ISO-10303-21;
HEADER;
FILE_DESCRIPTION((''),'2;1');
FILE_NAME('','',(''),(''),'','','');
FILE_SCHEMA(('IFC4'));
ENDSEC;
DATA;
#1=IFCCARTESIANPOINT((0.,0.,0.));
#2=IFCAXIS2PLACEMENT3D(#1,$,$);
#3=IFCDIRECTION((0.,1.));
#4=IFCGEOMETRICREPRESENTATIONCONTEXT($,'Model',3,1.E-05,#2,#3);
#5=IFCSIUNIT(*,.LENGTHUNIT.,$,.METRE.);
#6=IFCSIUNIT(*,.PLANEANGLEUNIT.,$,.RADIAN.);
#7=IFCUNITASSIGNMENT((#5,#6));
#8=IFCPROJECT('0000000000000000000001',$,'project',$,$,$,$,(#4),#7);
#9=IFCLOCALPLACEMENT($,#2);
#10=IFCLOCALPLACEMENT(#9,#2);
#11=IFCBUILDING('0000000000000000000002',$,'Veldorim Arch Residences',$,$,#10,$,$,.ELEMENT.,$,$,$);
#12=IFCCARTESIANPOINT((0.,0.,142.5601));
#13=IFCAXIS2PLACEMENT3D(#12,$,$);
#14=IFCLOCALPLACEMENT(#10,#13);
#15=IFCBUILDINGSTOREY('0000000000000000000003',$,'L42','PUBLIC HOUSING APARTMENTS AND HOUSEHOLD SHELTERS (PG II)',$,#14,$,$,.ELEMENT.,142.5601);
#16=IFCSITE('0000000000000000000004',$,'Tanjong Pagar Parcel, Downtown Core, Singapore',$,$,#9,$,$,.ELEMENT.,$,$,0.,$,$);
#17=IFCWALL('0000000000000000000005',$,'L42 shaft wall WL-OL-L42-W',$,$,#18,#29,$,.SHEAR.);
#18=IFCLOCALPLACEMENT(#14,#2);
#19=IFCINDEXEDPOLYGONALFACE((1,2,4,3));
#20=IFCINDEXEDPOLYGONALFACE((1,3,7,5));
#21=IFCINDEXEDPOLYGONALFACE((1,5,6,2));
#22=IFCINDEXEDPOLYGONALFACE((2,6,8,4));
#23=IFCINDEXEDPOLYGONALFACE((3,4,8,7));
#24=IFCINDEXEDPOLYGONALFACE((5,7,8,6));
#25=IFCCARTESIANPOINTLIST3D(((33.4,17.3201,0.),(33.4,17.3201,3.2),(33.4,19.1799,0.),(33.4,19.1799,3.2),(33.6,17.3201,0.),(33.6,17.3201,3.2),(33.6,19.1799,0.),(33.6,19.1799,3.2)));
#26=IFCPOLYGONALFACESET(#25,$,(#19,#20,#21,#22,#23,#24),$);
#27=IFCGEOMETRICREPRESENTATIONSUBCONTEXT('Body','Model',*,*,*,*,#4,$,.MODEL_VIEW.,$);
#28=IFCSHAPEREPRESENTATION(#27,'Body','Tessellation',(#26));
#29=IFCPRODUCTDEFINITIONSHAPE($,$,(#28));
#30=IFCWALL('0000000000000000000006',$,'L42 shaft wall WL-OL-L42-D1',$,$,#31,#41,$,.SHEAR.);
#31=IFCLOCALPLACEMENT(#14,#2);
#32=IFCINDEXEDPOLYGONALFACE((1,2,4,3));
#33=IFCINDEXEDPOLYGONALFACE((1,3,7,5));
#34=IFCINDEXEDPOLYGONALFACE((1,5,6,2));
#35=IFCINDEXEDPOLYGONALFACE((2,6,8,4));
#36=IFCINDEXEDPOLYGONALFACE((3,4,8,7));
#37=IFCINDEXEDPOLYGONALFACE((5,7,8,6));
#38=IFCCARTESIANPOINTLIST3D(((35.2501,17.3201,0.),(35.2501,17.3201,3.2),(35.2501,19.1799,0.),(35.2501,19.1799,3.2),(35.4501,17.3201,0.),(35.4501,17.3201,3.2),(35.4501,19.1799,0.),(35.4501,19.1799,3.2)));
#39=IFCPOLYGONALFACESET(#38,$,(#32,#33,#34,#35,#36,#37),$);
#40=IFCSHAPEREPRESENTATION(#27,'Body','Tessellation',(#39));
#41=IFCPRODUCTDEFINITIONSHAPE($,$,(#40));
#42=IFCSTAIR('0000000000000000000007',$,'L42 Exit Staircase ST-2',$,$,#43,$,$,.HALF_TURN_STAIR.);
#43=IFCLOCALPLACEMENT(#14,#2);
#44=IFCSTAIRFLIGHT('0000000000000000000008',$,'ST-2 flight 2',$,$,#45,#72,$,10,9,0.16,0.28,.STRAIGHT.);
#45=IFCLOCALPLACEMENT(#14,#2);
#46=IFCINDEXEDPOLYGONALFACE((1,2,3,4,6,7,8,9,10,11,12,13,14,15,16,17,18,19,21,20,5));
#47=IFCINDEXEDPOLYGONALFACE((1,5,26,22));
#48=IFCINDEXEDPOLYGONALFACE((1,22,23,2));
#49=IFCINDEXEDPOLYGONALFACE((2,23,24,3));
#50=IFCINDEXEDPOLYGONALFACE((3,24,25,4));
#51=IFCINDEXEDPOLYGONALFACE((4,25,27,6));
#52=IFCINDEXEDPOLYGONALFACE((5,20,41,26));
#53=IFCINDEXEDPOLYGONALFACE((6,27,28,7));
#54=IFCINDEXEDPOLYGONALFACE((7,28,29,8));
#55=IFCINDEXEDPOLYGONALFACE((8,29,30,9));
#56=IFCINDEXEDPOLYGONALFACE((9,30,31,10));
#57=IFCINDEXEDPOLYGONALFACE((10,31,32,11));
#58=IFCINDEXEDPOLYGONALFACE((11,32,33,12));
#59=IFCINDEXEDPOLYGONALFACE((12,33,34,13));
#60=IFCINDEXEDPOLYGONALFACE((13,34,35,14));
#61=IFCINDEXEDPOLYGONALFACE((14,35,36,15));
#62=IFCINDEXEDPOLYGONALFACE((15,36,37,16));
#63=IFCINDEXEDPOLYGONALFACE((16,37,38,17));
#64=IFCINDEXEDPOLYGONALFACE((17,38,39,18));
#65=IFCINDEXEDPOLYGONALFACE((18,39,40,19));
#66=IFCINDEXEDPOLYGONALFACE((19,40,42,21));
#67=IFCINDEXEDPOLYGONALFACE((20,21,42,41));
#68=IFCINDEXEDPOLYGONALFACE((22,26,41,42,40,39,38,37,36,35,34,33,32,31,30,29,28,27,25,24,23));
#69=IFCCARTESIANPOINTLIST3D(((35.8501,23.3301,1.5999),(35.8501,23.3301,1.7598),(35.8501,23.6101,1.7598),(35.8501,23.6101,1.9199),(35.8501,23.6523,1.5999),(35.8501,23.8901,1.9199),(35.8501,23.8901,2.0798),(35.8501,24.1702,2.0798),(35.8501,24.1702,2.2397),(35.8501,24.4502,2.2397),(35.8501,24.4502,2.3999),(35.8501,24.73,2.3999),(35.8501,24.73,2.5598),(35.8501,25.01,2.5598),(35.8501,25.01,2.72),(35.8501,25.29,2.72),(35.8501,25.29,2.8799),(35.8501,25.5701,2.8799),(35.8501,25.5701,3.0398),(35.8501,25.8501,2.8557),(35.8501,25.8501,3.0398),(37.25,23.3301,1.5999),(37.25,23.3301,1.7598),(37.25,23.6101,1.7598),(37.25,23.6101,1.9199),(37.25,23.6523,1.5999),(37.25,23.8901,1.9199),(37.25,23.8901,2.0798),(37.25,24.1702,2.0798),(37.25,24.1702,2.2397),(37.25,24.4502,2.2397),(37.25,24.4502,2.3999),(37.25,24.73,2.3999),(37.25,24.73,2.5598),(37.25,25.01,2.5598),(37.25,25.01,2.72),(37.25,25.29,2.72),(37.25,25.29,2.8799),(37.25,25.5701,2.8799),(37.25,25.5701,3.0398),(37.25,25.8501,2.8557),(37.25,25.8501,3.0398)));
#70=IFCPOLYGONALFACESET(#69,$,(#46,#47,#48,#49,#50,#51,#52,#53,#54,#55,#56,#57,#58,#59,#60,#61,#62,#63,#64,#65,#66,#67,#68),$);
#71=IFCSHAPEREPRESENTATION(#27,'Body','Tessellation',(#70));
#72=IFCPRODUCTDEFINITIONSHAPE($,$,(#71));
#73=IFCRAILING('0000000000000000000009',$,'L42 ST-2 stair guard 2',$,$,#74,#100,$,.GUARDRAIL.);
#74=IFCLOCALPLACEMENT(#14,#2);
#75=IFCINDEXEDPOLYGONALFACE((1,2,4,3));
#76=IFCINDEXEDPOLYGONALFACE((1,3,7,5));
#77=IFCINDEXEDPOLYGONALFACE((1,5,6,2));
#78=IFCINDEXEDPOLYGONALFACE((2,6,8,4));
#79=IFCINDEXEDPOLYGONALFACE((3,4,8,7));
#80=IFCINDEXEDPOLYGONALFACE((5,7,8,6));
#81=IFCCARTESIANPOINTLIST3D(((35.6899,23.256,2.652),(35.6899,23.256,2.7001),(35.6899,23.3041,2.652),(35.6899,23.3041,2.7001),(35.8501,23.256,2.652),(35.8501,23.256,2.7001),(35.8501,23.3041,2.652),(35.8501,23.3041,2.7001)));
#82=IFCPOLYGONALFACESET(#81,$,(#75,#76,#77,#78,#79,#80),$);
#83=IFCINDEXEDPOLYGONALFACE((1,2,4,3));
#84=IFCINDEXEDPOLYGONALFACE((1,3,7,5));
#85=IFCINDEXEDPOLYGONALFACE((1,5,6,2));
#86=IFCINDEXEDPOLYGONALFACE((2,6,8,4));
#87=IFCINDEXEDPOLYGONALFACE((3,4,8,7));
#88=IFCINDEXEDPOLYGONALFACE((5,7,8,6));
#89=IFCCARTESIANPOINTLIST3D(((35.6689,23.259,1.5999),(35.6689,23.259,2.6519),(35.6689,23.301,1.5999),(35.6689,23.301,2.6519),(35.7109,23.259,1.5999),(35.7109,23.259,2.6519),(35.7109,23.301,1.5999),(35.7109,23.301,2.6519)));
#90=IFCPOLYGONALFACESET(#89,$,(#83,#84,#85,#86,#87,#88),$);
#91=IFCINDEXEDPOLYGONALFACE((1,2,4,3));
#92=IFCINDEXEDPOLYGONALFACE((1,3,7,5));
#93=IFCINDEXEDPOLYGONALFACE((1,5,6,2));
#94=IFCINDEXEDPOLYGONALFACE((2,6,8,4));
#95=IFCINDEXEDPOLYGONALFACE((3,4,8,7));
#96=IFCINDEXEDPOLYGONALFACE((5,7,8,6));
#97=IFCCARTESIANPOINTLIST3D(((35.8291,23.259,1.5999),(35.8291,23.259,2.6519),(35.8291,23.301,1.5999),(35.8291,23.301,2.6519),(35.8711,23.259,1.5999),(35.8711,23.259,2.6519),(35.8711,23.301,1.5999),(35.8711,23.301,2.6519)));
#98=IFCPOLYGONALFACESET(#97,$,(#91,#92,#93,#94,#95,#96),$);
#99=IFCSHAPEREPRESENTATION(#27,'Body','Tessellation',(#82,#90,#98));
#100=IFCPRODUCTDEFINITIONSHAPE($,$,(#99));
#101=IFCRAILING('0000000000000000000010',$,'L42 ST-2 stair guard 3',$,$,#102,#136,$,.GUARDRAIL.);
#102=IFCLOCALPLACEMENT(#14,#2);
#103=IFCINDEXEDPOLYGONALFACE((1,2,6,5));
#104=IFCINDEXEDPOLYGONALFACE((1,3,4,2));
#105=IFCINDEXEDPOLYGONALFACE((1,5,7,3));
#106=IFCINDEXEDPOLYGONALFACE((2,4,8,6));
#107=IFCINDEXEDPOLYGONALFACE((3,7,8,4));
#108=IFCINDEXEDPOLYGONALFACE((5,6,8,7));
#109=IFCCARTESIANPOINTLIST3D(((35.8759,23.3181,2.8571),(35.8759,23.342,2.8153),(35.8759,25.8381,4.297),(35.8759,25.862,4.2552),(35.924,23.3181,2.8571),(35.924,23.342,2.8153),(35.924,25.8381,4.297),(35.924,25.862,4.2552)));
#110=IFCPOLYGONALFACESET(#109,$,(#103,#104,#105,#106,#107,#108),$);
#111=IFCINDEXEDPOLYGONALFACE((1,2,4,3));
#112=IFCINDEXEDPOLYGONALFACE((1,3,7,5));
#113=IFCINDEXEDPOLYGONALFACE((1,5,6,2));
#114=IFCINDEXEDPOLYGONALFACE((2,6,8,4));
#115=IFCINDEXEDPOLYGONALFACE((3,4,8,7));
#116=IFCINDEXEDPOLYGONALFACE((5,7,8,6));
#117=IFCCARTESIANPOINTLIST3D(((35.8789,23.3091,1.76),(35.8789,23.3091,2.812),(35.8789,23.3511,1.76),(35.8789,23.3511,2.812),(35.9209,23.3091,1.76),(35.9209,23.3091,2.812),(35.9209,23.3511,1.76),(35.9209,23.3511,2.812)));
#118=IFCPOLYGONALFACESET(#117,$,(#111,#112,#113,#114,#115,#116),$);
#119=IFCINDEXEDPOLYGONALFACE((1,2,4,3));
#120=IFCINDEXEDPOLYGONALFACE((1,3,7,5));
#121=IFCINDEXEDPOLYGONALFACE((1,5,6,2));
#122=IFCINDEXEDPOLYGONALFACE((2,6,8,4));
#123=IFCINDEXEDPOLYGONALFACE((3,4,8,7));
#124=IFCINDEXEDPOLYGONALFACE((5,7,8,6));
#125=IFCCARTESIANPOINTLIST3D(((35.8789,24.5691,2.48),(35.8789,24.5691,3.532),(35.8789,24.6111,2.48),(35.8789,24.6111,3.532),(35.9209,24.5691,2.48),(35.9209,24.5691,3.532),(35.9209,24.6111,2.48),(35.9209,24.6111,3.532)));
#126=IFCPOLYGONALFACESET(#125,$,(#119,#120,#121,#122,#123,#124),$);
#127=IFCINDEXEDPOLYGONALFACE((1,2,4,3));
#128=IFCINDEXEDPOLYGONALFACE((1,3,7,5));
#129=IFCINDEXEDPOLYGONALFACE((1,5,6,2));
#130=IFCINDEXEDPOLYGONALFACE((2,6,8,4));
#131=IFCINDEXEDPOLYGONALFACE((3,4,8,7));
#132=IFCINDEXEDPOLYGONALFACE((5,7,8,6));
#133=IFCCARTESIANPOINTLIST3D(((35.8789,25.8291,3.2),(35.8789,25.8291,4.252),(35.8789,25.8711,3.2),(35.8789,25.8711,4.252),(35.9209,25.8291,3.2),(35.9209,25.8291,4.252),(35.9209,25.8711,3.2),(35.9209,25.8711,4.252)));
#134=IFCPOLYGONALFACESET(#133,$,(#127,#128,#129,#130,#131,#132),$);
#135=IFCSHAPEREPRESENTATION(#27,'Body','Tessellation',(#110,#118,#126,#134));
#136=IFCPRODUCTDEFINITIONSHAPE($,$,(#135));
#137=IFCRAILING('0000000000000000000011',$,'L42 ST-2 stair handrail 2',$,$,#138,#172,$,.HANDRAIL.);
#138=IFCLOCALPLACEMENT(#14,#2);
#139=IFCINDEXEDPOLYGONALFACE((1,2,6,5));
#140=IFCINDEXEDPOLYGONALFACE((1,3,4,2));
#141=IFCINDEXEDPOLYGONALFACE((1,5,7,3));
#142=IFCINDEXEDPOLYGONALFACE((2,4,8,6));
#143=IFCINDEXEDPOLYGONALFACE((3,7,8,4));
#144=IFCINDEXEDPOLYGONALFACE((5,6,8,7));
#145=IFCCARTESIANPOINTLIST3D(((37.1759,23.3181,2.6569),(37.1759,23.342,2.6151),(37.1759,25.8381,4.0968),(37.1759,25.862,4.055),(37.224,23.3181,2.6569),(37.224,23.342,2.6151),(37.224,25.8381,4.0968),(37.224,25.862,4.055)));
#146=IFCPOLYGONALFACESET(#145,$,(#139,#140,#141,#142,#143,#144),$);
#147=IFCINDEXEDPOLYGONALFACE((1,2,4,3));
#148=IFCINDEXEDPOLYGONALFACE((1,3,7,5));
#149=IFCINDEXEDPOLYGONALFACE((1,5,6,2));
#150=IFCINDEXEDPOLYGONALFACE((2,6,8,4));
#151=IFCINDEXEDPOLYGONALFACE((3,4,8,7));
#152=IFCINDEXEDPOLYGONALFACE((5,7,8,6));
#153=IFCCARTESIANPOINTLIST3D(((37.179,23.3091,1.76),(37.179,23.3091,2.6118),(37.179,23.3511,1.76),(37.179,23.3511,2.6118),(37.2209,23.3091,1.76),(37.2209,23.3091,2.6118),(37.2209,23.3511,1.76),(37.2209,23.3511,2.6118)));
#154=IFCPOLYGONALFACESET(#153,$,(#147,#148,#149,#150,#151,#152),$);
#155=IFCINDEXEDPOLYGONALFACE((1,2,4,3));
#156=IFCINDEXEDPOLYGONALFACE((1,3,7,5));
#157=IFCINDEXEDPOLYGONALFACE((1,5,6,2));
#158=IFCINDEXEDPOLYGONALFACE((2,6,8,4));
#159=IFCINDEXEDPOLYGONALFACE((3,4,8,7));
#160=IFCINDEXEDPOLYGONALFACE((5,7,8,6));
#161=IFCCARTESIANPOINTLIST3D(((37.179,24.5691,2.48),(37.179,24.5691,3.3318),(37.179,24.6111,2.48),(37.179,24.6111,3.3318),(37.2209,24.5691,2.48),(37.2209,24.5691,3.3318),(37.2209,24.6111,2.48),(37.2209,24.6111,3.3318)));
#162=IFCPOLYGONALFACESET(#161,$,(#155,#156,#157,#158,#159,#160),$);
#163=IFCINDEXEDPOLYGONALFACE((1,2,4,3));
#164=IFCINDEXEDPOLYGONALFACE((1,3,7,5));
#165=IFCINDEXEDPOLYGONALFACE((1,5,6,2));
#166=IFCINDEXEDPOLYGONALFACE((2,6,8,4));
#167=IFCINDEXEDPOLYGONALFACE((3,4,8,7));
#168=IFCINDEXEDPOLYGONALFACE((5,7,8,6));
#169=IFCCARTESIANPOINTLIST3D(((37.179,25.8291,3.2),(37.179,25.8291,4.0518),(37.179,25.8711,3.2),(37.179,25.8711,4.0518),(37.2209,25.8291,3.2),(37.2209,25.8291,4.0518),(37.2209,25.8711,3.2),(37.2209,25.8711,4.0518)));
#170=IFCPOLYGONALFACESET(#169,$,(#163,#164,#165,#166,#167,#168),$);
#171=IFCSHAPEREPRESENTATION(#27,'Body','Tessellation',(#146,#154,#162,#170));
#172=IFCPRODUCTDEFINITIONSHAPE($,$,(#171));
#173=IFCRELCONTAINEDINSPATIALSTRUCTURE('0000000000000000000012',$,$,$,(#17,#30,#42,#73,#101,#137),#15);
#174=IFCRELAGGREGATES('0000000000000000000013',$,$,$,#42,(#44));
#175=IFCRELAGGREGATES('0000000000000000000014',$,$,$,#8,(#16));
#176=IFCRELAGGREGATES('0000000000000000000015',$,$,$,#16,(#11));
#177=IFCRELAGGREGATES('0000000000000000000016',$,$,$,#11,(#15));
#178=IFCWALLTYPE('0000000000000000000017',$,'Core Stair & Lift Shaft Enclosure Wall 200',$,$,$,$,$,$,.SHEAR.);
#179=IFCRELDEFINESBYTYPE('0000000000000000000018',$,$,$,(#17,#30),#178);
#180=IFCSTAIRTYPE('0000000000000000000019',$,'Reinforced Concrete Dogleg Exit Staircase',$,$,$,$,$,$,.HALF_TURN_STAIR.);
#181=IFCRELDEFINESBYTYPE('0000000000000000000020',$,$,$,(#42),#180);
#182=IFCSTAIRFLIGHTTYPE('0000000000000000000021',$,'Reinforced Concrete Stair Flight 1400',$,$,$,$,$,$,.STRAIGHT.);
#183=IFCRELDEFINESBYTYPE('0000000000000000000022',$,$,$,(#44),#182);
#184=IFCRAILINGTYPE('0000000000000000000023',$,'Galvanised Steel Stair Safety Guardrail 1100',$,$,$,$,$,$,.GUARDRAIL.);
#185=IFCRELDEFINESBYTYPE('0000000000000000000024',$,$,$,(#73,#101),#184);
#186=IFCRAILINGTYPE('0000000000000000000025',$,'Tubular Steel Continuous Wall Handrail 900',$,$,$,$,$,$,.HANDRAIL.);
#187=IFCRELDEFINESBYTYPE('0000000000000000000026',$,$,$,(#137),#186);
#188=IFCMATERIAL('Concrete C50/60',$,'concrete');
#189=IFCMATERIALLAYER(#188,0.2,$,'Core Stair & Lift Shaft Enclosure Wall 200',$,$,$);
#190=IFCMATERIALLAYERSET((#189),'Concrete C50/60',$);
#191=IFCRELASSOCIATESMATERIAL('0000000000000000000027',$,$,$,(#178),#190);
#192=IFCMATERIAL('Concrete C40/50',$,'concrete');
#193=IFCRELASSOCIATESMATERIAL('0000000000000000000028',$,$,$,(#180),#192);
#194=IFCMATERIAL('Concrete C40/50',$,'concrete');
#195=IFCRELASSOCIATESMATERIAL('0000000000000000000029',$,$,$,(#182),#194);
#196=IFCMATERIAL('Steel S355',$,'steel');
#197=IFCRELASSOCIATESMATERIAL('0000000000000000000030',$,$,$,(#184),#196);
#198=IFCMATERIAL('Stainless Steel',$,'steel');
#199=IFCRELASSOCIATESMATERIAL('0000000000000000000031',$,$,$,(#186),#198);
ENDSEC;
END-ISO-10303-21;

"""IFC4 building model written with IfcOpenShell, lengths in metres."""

from ifc_helpers import new_model, si_unit, direction, frame, frame_2d, origin, origin_2d, place, context, subcontext, project, spatial, polyline, rectangle, outline, extrude, material, layer, layer_set, type_object, element, aggregate, save


model = new_model("IFC4")

# Units and contexts
model_context = context("Model", 3, precision=1e-05, world=origin(), true_north=direction((0.0, 1.0)))
body_context = subcontext(model_context, "Body", "Model", "MODEL_VIEW")
ifc_project = project(units=[si_unit("LENGTHUNIT", "METRE"), si_unit("PLANEANGLEUNIT", "RADIAN")], contexts=[model_context])

# Site, building, storey
site_placement = place(None, origin())
site = spatial("IfcSite", under=ifc_project, at=site_placement, Name="Tanjong Pagar Parcel, Downtown Core, Singapore", CompositionType="ELEMENT", RefElevation=0.0)
building_placement = place(site_placement, origin())
building = spatial("IfcBuilding", under=site, at=building_placement, Name="Veldorim Arch Residences", CompositionType="ELEMENT")
storey_placement = place(building_placement, frame((0.0, 0.0, 142.5601)))
storey = spatial("IfcBuildingStorey", under=building, at=storey_placement, Name="L42", Description="PUBLIC HOUSING APARTMENTS AND HOUSEHOLD SHELTERS (PG II)", CompositionType="ELEMENT", Elevation=142.5601)

# Shared definitions
ifc_material_1 = material(Name="Concrete C50/60", Category="concrete")
ifc_layer_1 = layer(ifc_material_1, 0.2, Name="Core Stair & Lift Shaft Enclosure Wall 200")
ifc_layer_set_1 = layer_set([ifc_layer_1], Name="Concrete C50/60")
wall_type_1 = type_object("IfcWallType", Name="Core Stair & Lift Shaft Enclosure Wall 200", PredefinedType="SHEAR", material=ifc_layer_set_1)

# Walls
for number, where, z_axis, x_axis, name in (
    (1, (33.5, 17.3201, 0.0), (0.0, 0.0, 1.0), (0.0, 1.0, 0.0), "L42 shaft wall WL-OL-L42-W"),
    (2, (35.3501, 17.3201, 0.0), (0.0, 0.0, 1.0), (0.0, 1.0, 0.0), "L42 shaft wall WL-OL-L42-D1"),
):
    element("IfcWall", number, at=place(storey_placement, frame(where, z_axis=z_axis, x_axis=x_axis)), inside=storey, type_object=wall_type_1, Name=name, PredefinedType="SHEAR", context=body_context, shape_type="SweptSolid", body=[
        extrude(rectangle(XDim=1.8599, YDim=0.2, at=frame_2d((0.9299, 0.0))), origin(), (0.0, 0.0, 1.0), 3.2),
    ])

# Stair, stair flight
ifc_material_2 = material(Name="Concrete C40/50", Category="concrete")
stair_type = type_object("IfcStairType", Name="Reinforced Concrete Dogleg Exit Staircase", PredefinedType="HALF_TURN_STAIR", material=ifc_material_2)
stair_placement = place(storey_placement, origin())
stair = element("IfcStair", 3, at=stair_placement, inside=storey, type_object=stair_type, Name="L42 Exit Staircase ST-2", PredefinedType="HALF_TURN_STAIR")
ifc_material_3 = material(Name="Concrete C40/50", Category="concrete")
stair_flight_type = type_object("IfcStairFlightType", Name="Reinforced Concrete Stair Flight 1400", PredefinedType="STRAIGHT", material=ifc_material_3)
stair_flight_placement = place(storey_placement, frame((36.55, 23.3301, 1.5999), z_axis=(0.0, 0.0, 1.0), x_axis=(0.0, 1.0, 0.0)))
stair_flight = element("IfcStairFlight", 4, at=stair_flight_placement, type_object=stair_flight_type, Name="ST-2 flight 2", NumberOfRisers=10, NumberOfTreads=9, PredefinedType="STRAIGHT", RiserHeight=0.16, TreadLength=0.28, context=body_context, shape_type="SweptSolid", body=[
    extrude(outline(polyline([(0.0, 0.0), (0.0, 0.1599), (0.28, 0.1599), (0.28, 0.3201), (0.5601, 0.3201), (0.5601, 0.48), (0.8401, 0.48), (0.8401, 0.6399), (1.1201, 0.6399), (1.1201, 0.8), (1.3999, 0.8), (1.3999, 0.96), (1.6799, 0.96), (1.6799, 1.1201), (1.96, 1.1201), (1.96, 1.28), (2.24, 1.28), (2.24, 1.4399), (2.52, 1.4399), (2.52, 1.6001), (2.52, 1.2559), (0.3223, 0.0), (0.0, 0.0)])), frame((0.0, 0.7, 0.0), z_axis=(0.0, -1.0, 0.0), x_axis=(1.0, 0.0, 0.0)), (0.0, 0.0, 1.0), 1.3999),
])
aggregate(stair, [stair_flight])

# Railings
ifc_material_4 = material(Name="Steel S355", Category="steel")
railing_type_1 = type_object("IfcRailingType", Name="Galvanised Steel Stair Safety Guardrail 1100", PredefinedType="GUARDRAIL", material=ifc_material_4)
railing_1_placement = place(storey_placement, frame((35.6899, 23.28, 1.5999)))
element("IfcRailing", 5, at=railing_1_placement, inside=storey, type_object=railing_type_1, Name="L42 ST-2 stair guard 2", PredefinedType="GUARDRAIL", context=body_context, shape_type="SweptSolid", body=[
    extrude(rectangle(XDim=0.0481, YDim=0.0481, at=origin_2d()), frame((0.0, 0.0, 1.0762), z_axis=(1.0, 0.0, 0.0), x_axis=(0.0, 1.0, 0.0)), (0.0, 0.0, 1.0), 0.1602),
    extrude(rectangle(XDim=0.042, YDim=0.042, at=origin_2d()), origin(), (0.0, 0.0, 1.0), 1.052),
    extrude(rectangle(XDim=0.042, YDim=0.042, at=origin_2d()), frame((0.1602, 0.0, 0.0)), (0.0, 0.0, 1.0), 1.052),
])
railing_2_placement = place(storey_placement, frame((35.8999, 23.3301, 1.76)))
element("IfcRailing", 6, at=railing_2_placement, inside=storey, type_object=railing_type_1, Name="L42 ST-2 stair guard 3", PredefinedType="GUARDRAIL", context=body_context, shape_type="SweptSolid", body=[
    extrude(rectangle(XDim=0.0481, YDim=0.0481, at=origin_2d()), frame((0.0, 0.0, 1.0762), z_axis=(0.0, 0.868253, 0.496121), x_axis=(-1.0, 0.0, 0.0)), (0.0, 0.0, 1.0), 2.9023),
    extrude(rectangle(XDim=0.042, YDim=0.042, at=origin_2d()), origin(), (0.0, 0.0, 1.0), 1.052),
    extrude(rectangle(XDim=0.042, YDim=0.042, at=origin_2d()), frame((0.0, 1.26, 0.72)), (0.0, 0.0, 1.0), 1.052),
    extrude(rectangle(XDim=0.042, YDim=0.042, at=origin_2d()), frame((0.0, 2.52, 1.4399)), (0.0, 0.0, 1.0), 1.052),
])
ifc_material_5 = material(Name="Stainless Steel", Category="steel")
railing_type_2 = type_object("IfcRailingType", Name="Tubular Steel Continuous Wall Handrail 900", PredefinedType="HANDRAIL", material=ifc_material_5)
railing_3_placement = place(storey_placement, frame((37.2, 23.3301, 1.76)))
element("IfcRailing", 7, at=railing_3_placement, inside=storey, type_object=railing_type_2, Name="L42 ST-2 stair handrail 2", PredefinedType="HANDRAIL", context=body_context, shape_type="SweptSolid", body=[
    extrude(rectangle(XDim=0.0481, YDim=0.0481, at=origin_2d()), frame((0.0, 0.0, 0.876), z_axis=(0.0, 0.868253, 0.496121), x_axis=(-1.0, 0.0, 0.0)), (0.0, 0.0, 1.0), 2.9023),
    extrude(rectangle(XDim=0.042, YDim=0.042, at=origin_2d()), origin(), (0.0, 0.0, 1.0), 0.8518),
    extrude(rectangle(XDim=0.042, YDim=0.042, at=origin_2d()), frame((0.0, 1.26, 0.72)), (0.0, 0.0, 1.0), 0.8518),
    extrude(rectangle(XDim=0.042, YDim=0.042, at=origin_2d()), frame((0.0, 2.52, 1.4399)), (0.0, 0.0, 1.0), 0.8518),
])

save(model, "model.ifc")
